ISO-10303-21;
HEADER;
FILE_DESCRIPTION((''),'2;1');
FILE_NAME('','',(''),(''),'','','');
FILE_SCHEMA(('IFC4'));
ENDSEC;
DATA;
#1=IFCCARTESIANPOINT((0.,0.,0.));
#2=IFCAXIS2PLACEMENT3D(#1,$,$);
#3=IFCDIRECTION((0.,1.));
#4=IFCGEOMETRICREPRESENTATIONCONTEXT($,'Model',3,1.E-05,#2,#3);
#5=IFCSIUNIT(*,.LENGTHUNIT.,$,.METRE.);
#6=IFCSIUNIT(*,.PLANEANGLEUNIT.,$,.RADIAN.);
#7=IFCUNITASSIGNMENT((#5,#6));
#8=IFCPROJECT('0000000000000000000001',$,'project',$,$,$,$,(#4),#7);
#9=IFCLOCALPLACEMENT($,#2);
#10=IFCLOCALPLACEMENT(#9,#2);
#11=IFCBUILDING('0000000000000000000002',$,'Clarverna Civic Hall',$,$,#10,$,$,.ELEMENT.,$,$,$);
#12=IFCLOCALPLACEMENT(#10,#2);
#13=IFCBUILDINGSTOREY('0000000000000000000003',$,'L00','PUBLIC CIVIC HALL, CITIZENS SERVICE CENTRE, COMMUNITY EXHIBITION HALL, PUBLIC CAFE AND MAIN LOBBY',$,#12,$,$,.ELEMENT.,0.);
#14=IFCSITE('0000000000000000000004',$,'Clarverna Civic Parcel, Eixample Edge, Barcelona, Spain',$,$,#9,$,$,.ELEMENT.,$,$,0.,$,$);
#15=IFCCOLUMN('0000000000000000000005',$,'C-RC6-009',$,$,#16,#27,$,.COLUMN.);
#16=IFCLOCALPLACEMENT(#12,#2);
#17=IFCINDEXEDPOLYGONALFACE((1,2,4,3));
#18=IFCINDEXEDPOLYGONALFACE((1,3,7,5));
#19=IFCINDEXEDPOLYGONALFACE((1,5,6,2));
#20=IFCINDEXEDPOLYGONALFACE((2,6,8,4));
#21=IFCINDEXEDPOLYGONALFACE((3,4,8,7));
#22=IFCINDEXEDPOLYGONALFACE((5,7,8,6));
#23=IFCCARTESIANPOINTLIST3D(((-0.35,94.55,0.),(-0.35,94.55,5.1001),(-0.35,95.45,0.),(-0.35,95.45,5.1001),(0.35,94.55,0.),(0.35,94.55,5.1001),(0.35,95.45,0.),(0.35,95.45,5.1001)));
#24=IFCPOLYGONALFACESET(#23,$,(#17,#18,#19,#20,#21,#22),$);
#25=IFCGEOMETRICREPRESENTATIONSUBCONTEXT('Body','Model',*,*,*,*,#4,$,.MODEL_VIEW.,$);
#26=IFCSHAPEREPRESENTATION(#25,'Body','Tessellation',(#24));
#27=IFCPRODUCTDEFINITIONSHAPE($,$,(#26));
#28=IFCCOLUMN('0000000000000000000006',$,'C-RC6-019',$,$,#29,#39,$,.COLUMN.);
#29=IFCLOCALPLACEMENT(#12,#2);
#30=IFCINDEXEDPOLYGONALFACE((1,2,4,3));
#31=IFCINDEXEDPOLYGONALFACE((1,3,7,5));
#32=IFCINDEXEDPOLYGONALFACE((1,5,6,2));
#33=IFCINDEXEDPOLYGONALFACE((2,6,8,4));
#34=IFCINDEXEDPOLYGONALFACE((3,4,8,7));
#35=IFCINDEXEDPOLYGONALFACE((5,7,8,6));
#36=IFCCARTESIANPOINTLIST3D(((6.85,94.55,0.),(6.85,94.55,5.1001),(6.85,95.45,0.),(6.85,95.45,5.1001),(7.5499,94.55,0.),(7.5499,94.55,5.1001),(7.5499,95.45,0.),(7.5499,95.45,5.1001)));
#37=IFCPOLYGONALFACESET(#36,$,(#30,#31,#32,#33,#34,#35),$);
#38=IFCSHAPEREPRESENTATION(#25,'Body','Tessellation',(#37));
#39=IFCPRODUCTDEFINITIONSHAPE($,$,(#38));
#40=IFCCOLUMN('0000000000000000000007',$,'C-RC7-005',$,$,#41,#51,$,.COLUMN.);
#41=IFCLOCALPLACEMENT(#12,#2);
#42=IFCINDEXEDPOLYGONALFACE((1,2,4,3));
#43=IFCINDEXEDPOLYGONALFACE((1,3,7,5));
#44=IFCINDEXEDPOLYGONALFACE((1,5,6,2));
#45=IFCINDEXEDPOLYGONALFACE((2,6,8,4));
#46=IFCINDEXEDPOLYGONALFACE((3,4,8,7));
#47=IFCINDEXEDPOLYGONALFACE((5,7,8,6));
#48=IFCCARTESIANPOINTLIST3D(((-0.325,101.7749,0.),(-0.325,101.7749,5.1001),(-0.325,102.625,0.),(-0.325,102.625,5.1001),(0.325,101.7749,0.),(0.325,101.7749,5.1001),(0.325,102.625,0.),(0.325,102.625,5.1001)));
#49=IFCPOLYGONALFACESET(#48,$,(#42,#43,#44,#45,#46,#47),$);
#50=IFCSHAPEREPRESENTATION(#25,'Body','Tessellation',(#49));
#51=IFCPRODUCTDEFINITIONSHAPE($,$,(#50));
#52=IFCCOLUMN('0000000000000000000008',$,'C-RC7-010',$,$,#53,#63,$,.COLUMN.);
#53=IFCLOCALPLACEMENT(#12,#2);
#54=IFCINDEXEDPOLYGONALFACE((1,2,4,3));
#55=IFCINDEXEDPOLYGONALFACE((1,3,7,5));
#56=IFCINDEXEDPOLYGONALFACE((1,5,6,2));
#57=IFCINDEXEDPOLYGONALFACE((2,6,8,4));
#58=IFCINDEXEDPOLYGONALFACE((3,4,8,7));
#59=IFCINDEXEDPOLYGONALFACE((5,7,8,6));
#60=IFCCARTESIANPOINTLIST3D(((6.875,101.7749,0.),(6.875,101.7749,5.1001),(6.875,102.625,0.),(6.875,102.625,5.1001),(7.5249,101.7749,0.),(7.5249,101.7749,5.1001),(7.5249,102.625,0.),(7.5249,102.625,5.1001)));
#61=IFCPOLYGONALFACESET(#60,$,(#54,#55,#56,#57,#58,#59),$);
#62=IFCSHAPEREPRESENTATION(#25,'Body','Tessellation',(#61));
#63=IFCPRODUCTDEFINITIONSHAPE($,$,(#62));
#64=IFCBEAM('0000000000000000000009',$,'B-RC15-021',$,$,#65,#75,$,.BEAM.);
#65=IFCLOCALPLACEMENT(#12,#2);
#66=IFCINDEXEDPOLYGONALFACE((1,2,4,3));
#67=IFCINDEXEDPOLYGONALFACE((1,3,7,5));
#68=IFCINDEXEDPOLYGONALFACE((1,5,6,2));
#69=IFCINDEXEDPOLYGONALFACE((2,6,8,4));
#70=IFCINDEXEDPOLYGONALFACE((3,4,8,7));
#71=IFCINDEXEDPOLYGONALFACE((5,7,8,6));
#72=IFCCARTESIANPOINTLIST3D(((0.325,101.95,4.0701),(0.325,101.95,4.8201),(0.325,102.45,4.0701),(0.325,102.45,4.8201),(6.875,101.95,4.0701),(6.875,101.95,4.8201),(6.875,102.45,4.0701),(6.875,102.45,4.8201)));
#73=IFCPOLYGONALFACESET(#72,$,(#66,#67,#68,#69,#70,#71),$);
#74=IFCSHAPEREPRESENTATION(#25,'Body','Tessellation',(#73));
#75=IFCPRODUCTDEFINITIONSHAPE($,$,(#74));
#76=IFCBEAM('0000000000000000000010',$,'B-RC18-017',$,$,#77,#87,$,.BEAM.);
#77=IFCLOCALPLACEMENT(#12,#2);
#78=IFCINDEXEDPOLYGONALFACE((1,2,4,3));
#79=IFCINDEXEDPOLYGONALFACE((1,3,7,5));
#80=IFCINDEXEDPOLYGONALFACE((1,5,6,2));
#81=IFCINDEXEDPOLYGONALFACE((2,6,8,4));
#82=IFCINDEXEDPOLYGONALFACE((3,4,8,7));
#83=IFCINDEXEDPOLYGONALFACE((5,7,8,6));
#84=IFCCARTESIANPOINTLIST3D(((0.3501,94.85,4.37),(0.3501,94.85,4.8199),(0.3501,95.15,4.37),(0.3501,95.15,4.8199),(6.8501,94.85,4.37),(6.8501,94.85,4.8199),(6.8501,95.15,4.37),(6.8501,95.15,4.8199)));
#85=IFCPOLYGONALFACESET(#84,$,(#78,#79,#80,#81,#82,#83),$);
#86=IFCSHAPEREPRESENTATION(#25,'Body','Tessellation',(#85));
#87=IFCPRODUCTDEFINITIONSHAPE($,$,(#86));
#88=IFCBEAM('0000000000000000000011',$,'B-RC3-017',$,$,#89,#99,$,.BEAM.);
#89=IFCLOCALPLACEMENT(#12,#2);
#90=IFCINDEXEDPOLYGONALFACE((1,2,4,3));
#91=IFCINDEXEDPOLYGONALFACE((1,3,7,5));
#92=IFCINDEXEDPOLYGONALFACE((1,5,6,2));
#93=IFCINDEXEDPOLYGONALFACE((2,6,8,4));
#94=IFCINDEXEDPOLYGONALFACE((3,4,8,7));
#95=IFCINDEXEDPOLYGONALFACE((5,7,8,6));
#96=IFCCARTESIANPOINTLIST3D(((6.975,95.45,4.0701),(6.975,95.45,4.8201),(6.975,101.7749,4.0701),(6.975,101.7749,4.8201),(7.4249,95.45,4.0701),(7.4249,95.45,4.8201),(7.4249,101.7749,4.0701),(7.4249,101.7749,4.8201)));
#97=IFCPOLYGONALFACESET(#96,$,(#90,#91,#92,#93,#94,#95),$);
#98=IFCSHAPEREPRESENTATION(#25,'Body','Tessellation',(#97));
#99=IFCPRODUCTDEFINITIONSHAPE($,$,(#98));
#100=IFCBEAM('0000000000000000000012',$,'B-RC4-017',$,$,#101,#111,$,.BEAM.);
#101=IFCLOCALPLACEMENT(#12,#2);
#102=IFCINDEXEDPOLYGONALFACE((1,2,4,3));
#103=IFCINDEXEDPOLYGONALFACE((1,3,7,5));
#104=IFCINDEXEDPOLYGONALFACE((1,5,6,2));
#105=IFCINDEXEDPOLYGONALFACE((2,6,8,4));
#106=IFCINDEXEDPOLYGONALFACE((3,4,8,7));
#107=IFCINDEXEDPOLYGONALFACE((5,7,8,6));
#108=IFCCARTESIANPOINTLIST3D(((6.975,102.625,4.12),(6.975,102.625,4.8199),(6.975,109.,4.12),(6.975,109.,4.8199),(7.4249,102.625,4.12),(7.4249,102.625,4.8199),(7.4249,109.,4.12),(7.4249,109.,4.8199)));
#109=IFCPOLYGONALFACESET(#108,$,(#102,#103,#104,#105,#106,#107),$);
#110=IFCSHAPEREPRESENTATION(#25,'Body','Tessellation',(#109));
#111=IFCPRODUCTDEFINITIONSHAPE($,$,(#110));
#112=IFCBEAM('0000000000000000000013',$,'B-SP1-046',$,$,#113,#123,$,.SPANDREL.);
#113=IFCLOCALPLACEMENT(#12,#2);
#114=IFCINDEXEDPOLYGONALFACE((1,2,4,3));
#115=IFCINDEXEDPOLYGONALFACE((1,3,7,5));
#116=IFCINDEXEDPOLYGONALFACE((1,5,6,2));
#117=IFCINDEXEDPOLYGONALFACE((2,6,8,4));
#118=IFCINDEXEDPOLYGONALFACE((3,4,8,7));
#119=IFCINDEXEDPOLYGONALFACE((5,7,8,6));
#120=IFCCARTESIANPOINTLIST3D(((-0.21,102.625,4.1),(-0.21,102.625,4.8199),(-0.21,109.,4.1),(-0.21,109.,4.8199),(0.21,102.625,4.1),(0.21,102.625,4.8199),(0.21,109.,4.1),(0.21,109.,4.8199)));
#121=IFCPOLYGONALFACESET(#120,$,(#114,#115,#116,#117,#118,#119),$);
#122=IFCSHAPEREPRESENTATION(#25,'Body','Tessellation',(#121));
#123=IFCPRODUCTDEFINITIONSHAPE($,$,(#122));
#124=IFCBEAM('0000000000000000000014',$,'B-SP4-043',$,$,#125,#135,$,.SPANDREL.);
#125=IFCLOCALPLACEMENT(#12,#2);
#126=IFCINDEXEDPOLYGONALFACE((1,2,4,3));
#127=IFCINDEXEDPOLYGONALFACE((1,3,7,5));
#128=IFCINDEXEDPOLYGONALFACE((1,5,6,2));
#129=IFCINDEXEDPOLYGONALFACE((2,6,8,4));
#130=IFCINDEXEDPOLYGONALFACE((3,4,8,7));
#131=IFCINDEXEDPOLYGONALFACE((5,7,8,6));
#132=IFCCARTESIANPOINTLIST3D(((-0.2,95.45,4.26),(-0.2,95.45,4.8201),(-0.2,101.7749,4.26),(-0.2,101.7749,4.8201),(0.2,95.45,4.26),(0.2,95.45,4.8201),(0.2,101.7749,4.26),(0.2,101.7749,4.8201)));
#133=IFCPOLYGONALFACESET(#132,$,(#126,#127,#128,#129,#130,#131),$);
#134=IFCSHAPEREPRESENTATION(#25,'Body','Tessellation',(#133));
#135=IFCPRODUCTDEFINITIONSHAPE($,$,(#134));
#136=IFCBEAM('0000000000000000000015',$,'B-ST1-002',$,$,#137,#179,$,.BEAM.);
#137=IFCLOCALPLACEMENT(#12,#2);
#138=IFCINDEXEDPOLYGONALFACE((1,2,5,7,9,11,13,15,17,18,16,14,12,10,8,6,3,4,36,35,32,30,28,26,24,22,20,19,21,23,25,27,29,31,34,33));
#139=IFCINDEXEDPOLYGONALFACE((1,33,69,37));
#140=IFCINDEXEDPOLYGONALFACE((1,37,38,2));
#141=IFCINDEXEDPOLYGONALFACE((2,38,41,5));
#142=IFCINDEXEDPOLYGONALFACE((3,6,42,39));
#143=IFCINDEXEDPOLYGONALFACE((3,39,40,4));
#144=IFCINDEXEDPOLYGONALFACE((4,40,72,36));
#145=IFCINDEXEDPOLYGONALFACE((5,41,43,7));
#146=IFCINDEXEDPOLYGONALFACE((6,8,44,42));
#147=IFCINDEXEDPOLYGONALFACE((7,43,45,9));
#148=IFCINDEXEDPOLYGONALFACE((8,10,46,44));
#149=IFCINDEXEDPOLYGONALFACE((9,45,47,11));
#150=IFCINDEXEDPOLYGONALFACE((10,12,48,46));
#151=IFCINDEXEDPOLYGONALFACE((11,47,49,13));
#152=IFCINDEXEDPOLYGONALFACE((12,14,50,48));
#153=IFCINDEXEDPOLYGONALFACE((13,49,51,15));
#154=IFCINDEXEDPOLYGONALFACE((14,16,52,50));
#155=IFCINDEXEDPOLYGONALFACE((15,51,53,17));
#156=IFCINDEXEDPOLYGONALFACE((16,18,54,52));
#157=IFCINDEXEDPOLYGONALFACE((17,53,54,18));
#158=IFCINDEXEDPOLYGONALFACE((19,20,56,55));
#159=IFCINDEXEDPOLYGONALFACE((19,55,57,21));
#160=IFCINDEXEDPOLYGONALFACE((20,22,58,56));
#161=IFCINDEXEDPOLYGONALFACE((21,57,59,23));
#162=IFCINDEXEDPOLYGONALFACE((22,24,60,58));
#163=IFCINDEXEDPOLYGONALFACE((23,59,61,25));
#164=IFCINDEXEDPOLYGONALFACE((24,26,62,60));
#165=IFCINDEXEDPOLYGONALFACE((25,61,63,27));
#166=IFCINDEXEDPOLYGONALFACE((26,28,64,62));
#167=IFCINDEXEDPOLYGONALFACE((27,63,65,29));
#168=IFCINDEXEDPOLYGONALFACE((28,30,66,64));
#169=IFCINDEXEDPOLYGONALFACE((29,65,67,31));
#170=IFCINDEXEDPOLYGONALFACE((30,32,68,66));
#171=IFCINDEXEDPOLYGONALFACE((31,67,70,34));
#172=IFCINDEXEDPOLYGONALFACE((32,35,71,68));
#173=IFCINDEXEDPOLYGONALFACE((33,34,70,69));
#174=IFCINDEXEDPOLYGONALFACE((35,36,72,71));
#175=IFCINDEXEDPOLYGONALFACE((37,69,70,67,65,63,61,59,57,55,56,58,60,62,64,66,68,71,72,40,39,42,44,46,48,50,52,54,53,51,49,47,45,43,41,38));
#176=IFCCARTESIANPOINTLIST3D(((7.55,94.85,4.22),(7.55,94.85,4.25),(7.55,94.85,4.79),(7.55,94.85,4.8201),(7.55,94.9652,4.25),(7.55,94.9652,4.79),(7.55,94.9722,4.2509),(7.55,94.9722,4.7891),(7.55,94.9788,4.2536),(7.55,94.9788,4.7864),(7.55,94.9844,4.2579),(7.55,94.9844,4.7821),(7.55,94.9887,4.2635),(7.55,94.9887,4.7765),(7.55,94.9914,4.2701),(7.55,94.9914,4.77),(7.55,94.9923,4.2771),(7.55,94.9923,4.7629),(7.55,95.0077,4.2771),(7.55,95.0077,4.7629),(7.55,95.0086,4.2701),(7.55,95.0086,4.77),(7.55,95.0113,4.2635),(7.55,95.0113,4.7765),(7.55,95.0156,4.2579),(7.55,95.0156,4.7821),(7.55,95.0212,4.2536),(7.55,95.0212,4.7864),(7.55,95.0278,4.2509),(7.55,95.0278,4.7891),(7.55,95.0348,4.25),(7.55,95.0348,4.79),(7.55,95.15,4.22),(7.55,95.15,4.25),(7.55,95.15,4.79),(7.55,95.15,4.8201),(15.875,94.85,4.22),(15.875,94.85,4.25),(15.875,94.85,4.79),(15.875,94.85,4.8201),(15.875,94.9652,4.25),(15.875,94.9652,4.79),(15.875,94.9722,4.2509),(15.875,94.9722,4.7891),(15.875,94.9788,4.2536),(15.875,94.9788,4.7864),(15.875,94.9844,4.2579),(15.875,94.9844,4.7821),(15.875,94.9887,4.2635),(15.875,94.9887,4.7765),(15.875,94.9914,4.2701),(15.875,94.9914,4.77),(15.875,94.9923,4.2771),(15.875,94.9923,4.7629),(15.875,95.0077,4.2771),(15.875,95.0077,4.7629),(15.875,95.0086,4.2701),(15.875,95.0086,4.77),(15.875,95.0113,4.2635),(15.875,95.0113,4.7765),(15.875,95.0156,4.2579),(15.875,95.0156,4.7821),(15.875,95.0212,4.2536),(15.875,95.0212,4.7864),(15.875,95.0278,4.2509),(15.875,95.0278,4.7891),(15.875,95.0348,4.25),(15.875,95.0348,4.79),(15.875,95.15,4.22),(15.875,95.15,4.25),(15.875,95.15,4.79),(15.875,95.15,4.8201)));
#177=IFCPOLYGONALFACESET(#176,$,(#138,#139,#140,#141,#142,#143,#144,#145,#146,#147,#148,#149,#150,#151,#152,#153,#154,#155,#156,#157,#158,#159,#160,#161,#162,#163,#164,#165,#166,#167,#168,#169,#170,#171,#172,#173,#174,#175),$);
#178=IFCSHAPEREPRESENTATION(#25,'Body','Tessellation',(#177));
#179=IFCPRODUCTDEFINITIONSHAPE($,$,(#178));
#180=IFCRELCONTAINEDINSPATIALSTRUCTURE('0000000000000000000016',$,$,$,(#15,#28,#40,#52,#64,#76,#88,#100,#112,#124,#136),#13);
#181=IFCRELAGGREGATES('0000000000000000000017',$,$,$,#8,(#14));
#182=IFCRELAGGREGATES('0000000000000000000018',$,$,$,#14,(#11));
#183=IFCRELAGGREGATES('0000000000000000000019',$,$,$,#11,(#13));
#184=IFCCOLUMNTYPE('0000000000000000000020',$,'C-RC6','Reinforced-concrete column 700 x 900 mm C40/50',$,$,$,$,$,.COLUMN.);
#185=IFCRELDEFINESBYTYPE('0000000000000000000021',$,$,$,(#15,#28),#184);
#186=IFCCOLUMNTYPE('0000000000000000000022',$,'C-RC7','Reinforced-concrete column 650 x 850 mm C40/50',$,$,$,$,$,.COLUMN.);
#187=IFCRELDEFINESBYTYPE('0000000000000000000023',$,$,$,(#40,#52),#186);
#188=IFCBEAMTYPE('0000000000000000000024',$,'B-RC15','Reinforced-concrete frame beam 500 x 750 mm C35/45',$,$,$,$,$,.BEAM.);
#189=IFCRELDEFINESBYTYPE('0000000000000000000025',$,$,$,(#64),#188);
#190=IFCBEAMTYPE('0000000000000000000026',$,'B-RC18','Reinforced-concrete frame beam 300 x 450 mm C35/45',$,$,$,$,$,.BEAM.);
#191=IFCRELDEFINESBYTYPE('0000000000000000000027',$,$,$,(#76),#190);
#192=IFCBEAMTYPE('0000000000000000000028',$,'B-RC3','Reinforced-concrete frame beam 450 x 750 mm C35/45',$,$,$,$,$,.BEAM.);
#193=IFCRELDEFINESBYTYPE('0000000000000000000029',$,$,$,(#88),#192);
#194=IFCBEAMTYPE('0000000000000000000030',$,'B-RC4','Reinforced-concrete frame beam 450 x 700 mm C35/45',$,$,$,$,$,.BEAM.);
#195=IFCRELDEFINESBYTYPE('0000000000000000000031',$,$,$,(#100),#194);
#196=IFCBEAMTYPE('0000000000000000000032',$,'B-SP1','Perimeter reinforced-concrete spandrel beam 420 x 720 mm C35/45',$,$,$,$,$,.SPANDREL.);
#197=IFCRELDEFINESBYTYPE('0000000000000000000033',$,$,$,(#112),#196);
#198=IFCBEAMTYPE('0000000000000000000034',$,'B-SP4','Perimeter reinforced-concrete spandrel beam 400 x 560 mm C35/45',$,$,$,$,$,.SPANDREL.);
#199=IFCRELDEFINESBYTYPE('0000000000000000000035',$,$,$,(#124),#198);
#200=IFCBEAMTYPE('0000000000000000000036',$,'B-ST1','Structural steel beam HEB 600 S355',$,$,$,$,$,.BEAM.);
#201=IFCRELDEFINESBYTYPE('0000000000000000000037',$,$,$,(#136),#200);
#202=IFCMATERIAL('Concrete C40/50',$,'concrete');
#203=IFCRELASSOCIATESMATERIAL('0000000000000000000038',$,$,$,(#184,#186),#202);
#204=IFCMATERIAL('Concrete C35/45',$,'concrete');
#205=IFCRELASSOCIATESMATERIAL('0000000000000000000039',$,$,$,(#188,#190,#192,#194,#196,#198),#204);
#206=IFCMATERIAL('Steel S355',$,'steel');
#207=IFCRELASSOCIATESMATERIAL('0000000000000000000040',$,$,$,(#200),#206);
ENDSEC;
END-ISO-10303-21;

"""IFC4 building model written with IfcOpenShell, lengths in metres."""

from ifc_helpers import new_model, si_unit, direction, frame, origin, origin_2d, place, context, subcontext, project, spatial, rectangle, i_section, extrude, material, material_profile, profile_set, type_object, element, save


model = new_model("IFC4")

# Units and contexts
model_context = context("Model", 3, precision=1e-05, world=origin(), true_north=direction((0.0, 1.0)))
body_context = subcontext(model_context, "Body", "Model", "MODEL_VIEW")
ifc_project = project(units=[si_unit("LENGTHUNIT", "METRE"), si_unit("PLANEANGLEUNIT", "RADIAN")], contexts=[model_context])

# Site, building, storey
site_placement = place(None, origin())
site = spatial("IfcSite", under=ifc_project, at=site_placement, Name="Clarverna Civic Parcel, Eixample Edge, Barcelona, Spain", CompositionType="ELEMENT", RefElevation=0.0)
building_placement = place(site_placement, origin())
building = spatial("IfcBuilding", under=site, at=building_placement, Name="Clarverna Civic Hall", CompositionType="ELEMENT")
storey_placement = place(building_placement, origin())
storey = spatial("IfcBuildingStorey", under=building, at=storey_placement, Name="L00", Description="PUBLIC CIVIC HALL, CITIZENS SERVICE CENTRE, COMMUNITY EXHIBITION HALL, PUBLIC CAFE AND MAIN LOBBY", CompositionType="ELEMENT", Elevation=0.0)

# Columns
ifc_material_1 = material(Name="Concrete C40/50", Category="concrete")
ifc_material_profile_1 = material_profile(ifc_material_1, rectangle(XDim=0.7, YDim=0.8999, at=origin_2d()), Name="RC 700x900")
ifc_profile_set_1 = profile_set([ifc_material_profile_1], Name="Concrete C40/50")
column_type_1 = type_object("IfcColumnType", Name="C-RC6", Description="Reinforced-concrete column 700 x 900 mm C40/50", PredefinedType="COLUMN", material=ifc_profile_set_1)
for number, where, z_axis, x_axis, name in (
    (1, (0.0, 95.0, 0.0), (0.0, 0.0, 1.0), (1.0, 0.0, 0.0), "C-RC6-009"),
    (2, (7.2, 95.0, 0.0), (0.0, 0.0, 1.0), (1.0, 0.0, 0.0), "C-RC6-019"),
):
    element("IfcColumn", number, at=place(storey_placement, frame(where, z_axis=z_axis, x_axis=x_axis)), inside=storey, type_object=column_type_1, Name=name, PredefinedType="COLUMN", context=body_context, shape_type="SweptSolid", body=[
        extrude(rectangle(XDim=0.7, YDim=0.8999, at=origin_2d()), origin(), (0.0, 0.0, 1.0), 5.1001),
    ])
ifc_material_profile_2 = material_profile(ifc_material_1, rectangle(XDim=0.6499, YDim=0.8501, at=origin_2d()), Name="RC 650x850")
ifc_profile_set_2 = profile_set([ifc_material_profile_2], Name="Concrete C40/50")
column_type_2 = type_object("IfcColumnType", Name="C-RC7", Description="Reinforced-concrete column 650 x 850 mm C40/50", PredefinedType="COLUMN", material=ifc_profile_set_2)
for number, where, z_axis, x_axis, name in (
    (3, (0.0, 102.2, 0.0), (0.0, 0.0, 1.0), (1.0, 0.0, 0.0), "C-RC7-005"),
    (4, (7.2, 102.2, 0.0), (0.0, 0.0, 1.0), (1.0, 0.0, 0.0), "C-RC7-010"),
):
    element("IfcColumn", number, at=place(storey_placement, frame(where, z_axis=z_axis, x_axis=x_axis)), inside=storey, type_object=column_type_2, Name=name, PredefinedType="COLUMN", context=body_context, shape_type="SweptSolid", body=[
        extrude(rectangle(XDim=0.6499, YDim=0.8501, at=origin_2d()), origin(), (0.0, 0.0, 1.0), 5.1001),
    ])

# Beams
ifc_material_2 = material(Name="Concrete C35/45", Category="concrete")
ifc_material_profile_3 = material_profile(ifc_material_2, rectangle(XDim=0.5, YDim=0.75, at=origin_2d()), Name="RC 500x750")
ifc_profile_set_3 = profile_set([ifc_material_profile_3], Name="Concrete C35/45")
beam_type_1 = type_object("IfcBeamType", Name="B-RC15", Description="Reinforced-concrete frame beam 500 x 750 mm C35/45", PredefinedType="BEAM", material=ifc_profile_set_3)
beam_1_placement = place(storey_placement, frame((0.325, 102.2, 4.4451), z_axis=(1.0, 0.0, 0.0), x_axis=(0.0, 1.0, 0.0)))
element("IfcBeam", 5, at=beam_1_placement, inside=storey, type_object=beam_type_1, Name="B-RC15-021", PredefinedType="BEAM", context=body_context, shape_type="SweptSolid", body=[
    extrude(rectangle(XDim=0.5, YDim=0.75, at=origin_2d()), origin(), (0.0, 0.0, 1.0), 6.55),
])
ifc_material_profile_4 = material_profile(ifc_material_2, rectangle(XDim=0.3, YDim=0.45, at=origin_2d()), Name="RC 300x450")
ifc_profile_set_4 = profile_set([ifc_material_profile_4], Name="Concrete C35/45")
beam_type_2 = type_object("IfcBeamType", Name="B-RC18", Description="Reinforced-concrete frame beam 300 x 450 mm C35/45", PredefinedType="BEAM", material=ifc_profile_set_4)
beam_2_placement = place(storey_placement, frame((0.3501, 95.0, 4.595), z_axis=(1.0, 0.0, 0.0), x_axis=(0.0, 1.0, 0.0)))
element("IfcBeam", 6, at=beam_2_placement, inside=storey, type_object=beam_type_2, Name="B-RC18-017", PredefinedType="BEAM", context=body_context, shape_type="SweptSolid", body=[
    extrude(rectangle(XDim=0.3, YDim=0.45, at=origin_2d()), origin(), (0.0, 0.0, 1.0), 6.5),
])
ifc_material_profile_5 = material_profile(ifc_material_2, rectangle(XDim=0.45, YDim=0.75, at=origin_2d()), Name="RC 450x750")
ifc_profile_set_5 = profile_set([ifc_material_profile_5], Name="Concrete C35/45")
beam_type_3 = type_object("IfcBeamType", Name="B-RC3", Description="Reinforced-concrete frame beam 450 x 750 mm C35/45", PredefinedType="BEAM", material=ifc_profile_set_5)
beam_3_placement = place(storey_placement, frame((7.2, 95.45, 4.4451), z_axis=(0.0, 1.0, 0.0), x_axis=(-1.0, 0.0, 0.0)))
element("IfcBeam", 7, at=beam_3_placement, inside=storey, type_object=beam_type_3, Name="B-RC3-017", PredefinedType="BEAM", context=body_context, shape_type="SweptSolid", body=[
    extrude(rectangle(XDim=0.45, YDim=0.75, at=origin_2d()), origin(), (0.0, 0.0, 1.0), 6.325),
])
ifc_material_profile_6 = material_profile(ifc_material_2, rectangle(XDim=0.45, YDim=0.7, at=origin_2d()), Name="RC 450x700")
ifc_profile_set_6 = profile_set([ifc_material_profile_6], Name="Concrete C35/45")
beam_type_4 = type_object("IfcBeamType", Name="B-RC4", Description="Reinforced-concrete frame beam 450 x 700 mm C35/45", PredefinedType="BEAM", material=ifc_profile_set_6)
beam_4_placement = place(storey_placement, frame((7.2, 102.625, 4.47), z_axis=(0.0, 1.0, 0.0), x_axis=(-1.0, 0.0, 0.0)))
element("IfcBeam", 8, at=beam_4_placement, inside=storey, type_object=beam_type_4, Name="B-RC4-017", PredefinedType="BEAM", context=body_context, shape_type="SweptSolid", body=[
    extrude(rectangle(XDim=0.45, YDim=0.7, at=origin_2d()), origin(), (0.0, 0.0, 1.0), 6.375),
])
ifc_material_profile_7 = material_profile(ifc_material_2, rectangle(XDim=0.4199, YDim=0.72, at=origin_2d()), Name="RC 420x720")
ifc_profile_set_7 = profile_set([ifc_material_profile_7], Name="Concrete C35/45")
beam_type_5 = type_object("IfcBeamType", Name="B-SP1", Description="Perimeter reinforced-concrete spandrel beam 420 x 720 mm C35/45", PredefinedType="SPANDREL", material=ifc_profile_set_7)
beam_5_placement = place(storey_placement, frame((0.0, 102.625, 4.46), z_axis=(0.0, 1.0, 0.0), x_axis=(-1.0, 0.0, 0.0)))
element("IfcBeam", 9, at=beam_5_placement, inside=storey, type_object=beam_type_5, Name="B-SP1-046", PredefinedType="SPANDREL", context=body_context, shape_type="SweptSolid", body=[
    extrude(rectangle(XDim=0.4199, YDim=0.72, at=origin_2d()), origin(), (0.0, 0.0, 1.0), 6.375),
])
ifc_material_profile_8 = material_profile(ifc_material_2, rectangle(XDim=0.3999, YDim=0.5601, at=origin_2d()), Name="RC 400x560")
ifc_profile_set_8 = profile_set([ifc_material_profile_8], Name="Concrete C35/45")
beam_type_6 = type_object("IfcBeamType", Name="B-SP4", Description="Perimeter reinforced-concrete spandrel beam 400 x 560 mm C35/45", PredefinedType="SPANDREL", material=ifc_profile_set_8)
beam_6_placement = place(storey_placement, frame((0.0, 95.45, 4.54), z_axis=(0.0, 1.0, 0.0), x_axis=(-1.0, 0.0, 0.0)))
element("IfcBeam", 10, at=beam_6_placement, inside=storey, type_object=beam_type_6, Name="B-SP4-043", PredefinedType="SPANDREL", context=body_context, shape_type="SweptSolid", body=[
    extrude(rectangle(XDim=0.3999, YDim=0.5601, at=origin_2d()), origin(), (0.0, 0.0, 1.0), 6.325),
])
ifc_material_3 = material(Name="Steel S355", Category="steel")
ifc_material_profile_9 = material_profile(ifc_material_3, i_section(OverallWidth=0.3, OverallDepth=0.6001, WebThickness=0.0154, FlangeThickness=0.03, FilletRadius=0.0271, at=origin_2d()), Name="HEB 600")
ifc_profile_set_9 = profile_set([ifc_material_profile_9], Name="Steel S355")
beam_type_7 = type_object("IfcBeamType", Name="B-ST1", Description="Structural steel beam HEB 600 S355", PredefinedType="BEAM", material=ifc_profile_set_9)
beam_7_placement = place(storey_placement, frame((7.55, 95.0, 4.52), z_axis=(1.0, 0.0, 0.0), x_axis=(0.0, 1.0, 0.0)))
element("IfcBeam", 11, at=beam_7_placement, inside=storey, type_object=beam_type_7, Name="B-ST1-002", PredefinedType="BEAM", context=body_context, shape_type="SweptSolid", body=[
    extrude(i_section(OverallWidth=0.3, OverallDepth=0.6001, WebThickness=0.0154, FlangeThickness=0.03, FilletRadius=0.0271, at=origin_2d()), origin(), (0.0, 0.0, 1.0), 8.325),
])

save(model, "model.ifc")
